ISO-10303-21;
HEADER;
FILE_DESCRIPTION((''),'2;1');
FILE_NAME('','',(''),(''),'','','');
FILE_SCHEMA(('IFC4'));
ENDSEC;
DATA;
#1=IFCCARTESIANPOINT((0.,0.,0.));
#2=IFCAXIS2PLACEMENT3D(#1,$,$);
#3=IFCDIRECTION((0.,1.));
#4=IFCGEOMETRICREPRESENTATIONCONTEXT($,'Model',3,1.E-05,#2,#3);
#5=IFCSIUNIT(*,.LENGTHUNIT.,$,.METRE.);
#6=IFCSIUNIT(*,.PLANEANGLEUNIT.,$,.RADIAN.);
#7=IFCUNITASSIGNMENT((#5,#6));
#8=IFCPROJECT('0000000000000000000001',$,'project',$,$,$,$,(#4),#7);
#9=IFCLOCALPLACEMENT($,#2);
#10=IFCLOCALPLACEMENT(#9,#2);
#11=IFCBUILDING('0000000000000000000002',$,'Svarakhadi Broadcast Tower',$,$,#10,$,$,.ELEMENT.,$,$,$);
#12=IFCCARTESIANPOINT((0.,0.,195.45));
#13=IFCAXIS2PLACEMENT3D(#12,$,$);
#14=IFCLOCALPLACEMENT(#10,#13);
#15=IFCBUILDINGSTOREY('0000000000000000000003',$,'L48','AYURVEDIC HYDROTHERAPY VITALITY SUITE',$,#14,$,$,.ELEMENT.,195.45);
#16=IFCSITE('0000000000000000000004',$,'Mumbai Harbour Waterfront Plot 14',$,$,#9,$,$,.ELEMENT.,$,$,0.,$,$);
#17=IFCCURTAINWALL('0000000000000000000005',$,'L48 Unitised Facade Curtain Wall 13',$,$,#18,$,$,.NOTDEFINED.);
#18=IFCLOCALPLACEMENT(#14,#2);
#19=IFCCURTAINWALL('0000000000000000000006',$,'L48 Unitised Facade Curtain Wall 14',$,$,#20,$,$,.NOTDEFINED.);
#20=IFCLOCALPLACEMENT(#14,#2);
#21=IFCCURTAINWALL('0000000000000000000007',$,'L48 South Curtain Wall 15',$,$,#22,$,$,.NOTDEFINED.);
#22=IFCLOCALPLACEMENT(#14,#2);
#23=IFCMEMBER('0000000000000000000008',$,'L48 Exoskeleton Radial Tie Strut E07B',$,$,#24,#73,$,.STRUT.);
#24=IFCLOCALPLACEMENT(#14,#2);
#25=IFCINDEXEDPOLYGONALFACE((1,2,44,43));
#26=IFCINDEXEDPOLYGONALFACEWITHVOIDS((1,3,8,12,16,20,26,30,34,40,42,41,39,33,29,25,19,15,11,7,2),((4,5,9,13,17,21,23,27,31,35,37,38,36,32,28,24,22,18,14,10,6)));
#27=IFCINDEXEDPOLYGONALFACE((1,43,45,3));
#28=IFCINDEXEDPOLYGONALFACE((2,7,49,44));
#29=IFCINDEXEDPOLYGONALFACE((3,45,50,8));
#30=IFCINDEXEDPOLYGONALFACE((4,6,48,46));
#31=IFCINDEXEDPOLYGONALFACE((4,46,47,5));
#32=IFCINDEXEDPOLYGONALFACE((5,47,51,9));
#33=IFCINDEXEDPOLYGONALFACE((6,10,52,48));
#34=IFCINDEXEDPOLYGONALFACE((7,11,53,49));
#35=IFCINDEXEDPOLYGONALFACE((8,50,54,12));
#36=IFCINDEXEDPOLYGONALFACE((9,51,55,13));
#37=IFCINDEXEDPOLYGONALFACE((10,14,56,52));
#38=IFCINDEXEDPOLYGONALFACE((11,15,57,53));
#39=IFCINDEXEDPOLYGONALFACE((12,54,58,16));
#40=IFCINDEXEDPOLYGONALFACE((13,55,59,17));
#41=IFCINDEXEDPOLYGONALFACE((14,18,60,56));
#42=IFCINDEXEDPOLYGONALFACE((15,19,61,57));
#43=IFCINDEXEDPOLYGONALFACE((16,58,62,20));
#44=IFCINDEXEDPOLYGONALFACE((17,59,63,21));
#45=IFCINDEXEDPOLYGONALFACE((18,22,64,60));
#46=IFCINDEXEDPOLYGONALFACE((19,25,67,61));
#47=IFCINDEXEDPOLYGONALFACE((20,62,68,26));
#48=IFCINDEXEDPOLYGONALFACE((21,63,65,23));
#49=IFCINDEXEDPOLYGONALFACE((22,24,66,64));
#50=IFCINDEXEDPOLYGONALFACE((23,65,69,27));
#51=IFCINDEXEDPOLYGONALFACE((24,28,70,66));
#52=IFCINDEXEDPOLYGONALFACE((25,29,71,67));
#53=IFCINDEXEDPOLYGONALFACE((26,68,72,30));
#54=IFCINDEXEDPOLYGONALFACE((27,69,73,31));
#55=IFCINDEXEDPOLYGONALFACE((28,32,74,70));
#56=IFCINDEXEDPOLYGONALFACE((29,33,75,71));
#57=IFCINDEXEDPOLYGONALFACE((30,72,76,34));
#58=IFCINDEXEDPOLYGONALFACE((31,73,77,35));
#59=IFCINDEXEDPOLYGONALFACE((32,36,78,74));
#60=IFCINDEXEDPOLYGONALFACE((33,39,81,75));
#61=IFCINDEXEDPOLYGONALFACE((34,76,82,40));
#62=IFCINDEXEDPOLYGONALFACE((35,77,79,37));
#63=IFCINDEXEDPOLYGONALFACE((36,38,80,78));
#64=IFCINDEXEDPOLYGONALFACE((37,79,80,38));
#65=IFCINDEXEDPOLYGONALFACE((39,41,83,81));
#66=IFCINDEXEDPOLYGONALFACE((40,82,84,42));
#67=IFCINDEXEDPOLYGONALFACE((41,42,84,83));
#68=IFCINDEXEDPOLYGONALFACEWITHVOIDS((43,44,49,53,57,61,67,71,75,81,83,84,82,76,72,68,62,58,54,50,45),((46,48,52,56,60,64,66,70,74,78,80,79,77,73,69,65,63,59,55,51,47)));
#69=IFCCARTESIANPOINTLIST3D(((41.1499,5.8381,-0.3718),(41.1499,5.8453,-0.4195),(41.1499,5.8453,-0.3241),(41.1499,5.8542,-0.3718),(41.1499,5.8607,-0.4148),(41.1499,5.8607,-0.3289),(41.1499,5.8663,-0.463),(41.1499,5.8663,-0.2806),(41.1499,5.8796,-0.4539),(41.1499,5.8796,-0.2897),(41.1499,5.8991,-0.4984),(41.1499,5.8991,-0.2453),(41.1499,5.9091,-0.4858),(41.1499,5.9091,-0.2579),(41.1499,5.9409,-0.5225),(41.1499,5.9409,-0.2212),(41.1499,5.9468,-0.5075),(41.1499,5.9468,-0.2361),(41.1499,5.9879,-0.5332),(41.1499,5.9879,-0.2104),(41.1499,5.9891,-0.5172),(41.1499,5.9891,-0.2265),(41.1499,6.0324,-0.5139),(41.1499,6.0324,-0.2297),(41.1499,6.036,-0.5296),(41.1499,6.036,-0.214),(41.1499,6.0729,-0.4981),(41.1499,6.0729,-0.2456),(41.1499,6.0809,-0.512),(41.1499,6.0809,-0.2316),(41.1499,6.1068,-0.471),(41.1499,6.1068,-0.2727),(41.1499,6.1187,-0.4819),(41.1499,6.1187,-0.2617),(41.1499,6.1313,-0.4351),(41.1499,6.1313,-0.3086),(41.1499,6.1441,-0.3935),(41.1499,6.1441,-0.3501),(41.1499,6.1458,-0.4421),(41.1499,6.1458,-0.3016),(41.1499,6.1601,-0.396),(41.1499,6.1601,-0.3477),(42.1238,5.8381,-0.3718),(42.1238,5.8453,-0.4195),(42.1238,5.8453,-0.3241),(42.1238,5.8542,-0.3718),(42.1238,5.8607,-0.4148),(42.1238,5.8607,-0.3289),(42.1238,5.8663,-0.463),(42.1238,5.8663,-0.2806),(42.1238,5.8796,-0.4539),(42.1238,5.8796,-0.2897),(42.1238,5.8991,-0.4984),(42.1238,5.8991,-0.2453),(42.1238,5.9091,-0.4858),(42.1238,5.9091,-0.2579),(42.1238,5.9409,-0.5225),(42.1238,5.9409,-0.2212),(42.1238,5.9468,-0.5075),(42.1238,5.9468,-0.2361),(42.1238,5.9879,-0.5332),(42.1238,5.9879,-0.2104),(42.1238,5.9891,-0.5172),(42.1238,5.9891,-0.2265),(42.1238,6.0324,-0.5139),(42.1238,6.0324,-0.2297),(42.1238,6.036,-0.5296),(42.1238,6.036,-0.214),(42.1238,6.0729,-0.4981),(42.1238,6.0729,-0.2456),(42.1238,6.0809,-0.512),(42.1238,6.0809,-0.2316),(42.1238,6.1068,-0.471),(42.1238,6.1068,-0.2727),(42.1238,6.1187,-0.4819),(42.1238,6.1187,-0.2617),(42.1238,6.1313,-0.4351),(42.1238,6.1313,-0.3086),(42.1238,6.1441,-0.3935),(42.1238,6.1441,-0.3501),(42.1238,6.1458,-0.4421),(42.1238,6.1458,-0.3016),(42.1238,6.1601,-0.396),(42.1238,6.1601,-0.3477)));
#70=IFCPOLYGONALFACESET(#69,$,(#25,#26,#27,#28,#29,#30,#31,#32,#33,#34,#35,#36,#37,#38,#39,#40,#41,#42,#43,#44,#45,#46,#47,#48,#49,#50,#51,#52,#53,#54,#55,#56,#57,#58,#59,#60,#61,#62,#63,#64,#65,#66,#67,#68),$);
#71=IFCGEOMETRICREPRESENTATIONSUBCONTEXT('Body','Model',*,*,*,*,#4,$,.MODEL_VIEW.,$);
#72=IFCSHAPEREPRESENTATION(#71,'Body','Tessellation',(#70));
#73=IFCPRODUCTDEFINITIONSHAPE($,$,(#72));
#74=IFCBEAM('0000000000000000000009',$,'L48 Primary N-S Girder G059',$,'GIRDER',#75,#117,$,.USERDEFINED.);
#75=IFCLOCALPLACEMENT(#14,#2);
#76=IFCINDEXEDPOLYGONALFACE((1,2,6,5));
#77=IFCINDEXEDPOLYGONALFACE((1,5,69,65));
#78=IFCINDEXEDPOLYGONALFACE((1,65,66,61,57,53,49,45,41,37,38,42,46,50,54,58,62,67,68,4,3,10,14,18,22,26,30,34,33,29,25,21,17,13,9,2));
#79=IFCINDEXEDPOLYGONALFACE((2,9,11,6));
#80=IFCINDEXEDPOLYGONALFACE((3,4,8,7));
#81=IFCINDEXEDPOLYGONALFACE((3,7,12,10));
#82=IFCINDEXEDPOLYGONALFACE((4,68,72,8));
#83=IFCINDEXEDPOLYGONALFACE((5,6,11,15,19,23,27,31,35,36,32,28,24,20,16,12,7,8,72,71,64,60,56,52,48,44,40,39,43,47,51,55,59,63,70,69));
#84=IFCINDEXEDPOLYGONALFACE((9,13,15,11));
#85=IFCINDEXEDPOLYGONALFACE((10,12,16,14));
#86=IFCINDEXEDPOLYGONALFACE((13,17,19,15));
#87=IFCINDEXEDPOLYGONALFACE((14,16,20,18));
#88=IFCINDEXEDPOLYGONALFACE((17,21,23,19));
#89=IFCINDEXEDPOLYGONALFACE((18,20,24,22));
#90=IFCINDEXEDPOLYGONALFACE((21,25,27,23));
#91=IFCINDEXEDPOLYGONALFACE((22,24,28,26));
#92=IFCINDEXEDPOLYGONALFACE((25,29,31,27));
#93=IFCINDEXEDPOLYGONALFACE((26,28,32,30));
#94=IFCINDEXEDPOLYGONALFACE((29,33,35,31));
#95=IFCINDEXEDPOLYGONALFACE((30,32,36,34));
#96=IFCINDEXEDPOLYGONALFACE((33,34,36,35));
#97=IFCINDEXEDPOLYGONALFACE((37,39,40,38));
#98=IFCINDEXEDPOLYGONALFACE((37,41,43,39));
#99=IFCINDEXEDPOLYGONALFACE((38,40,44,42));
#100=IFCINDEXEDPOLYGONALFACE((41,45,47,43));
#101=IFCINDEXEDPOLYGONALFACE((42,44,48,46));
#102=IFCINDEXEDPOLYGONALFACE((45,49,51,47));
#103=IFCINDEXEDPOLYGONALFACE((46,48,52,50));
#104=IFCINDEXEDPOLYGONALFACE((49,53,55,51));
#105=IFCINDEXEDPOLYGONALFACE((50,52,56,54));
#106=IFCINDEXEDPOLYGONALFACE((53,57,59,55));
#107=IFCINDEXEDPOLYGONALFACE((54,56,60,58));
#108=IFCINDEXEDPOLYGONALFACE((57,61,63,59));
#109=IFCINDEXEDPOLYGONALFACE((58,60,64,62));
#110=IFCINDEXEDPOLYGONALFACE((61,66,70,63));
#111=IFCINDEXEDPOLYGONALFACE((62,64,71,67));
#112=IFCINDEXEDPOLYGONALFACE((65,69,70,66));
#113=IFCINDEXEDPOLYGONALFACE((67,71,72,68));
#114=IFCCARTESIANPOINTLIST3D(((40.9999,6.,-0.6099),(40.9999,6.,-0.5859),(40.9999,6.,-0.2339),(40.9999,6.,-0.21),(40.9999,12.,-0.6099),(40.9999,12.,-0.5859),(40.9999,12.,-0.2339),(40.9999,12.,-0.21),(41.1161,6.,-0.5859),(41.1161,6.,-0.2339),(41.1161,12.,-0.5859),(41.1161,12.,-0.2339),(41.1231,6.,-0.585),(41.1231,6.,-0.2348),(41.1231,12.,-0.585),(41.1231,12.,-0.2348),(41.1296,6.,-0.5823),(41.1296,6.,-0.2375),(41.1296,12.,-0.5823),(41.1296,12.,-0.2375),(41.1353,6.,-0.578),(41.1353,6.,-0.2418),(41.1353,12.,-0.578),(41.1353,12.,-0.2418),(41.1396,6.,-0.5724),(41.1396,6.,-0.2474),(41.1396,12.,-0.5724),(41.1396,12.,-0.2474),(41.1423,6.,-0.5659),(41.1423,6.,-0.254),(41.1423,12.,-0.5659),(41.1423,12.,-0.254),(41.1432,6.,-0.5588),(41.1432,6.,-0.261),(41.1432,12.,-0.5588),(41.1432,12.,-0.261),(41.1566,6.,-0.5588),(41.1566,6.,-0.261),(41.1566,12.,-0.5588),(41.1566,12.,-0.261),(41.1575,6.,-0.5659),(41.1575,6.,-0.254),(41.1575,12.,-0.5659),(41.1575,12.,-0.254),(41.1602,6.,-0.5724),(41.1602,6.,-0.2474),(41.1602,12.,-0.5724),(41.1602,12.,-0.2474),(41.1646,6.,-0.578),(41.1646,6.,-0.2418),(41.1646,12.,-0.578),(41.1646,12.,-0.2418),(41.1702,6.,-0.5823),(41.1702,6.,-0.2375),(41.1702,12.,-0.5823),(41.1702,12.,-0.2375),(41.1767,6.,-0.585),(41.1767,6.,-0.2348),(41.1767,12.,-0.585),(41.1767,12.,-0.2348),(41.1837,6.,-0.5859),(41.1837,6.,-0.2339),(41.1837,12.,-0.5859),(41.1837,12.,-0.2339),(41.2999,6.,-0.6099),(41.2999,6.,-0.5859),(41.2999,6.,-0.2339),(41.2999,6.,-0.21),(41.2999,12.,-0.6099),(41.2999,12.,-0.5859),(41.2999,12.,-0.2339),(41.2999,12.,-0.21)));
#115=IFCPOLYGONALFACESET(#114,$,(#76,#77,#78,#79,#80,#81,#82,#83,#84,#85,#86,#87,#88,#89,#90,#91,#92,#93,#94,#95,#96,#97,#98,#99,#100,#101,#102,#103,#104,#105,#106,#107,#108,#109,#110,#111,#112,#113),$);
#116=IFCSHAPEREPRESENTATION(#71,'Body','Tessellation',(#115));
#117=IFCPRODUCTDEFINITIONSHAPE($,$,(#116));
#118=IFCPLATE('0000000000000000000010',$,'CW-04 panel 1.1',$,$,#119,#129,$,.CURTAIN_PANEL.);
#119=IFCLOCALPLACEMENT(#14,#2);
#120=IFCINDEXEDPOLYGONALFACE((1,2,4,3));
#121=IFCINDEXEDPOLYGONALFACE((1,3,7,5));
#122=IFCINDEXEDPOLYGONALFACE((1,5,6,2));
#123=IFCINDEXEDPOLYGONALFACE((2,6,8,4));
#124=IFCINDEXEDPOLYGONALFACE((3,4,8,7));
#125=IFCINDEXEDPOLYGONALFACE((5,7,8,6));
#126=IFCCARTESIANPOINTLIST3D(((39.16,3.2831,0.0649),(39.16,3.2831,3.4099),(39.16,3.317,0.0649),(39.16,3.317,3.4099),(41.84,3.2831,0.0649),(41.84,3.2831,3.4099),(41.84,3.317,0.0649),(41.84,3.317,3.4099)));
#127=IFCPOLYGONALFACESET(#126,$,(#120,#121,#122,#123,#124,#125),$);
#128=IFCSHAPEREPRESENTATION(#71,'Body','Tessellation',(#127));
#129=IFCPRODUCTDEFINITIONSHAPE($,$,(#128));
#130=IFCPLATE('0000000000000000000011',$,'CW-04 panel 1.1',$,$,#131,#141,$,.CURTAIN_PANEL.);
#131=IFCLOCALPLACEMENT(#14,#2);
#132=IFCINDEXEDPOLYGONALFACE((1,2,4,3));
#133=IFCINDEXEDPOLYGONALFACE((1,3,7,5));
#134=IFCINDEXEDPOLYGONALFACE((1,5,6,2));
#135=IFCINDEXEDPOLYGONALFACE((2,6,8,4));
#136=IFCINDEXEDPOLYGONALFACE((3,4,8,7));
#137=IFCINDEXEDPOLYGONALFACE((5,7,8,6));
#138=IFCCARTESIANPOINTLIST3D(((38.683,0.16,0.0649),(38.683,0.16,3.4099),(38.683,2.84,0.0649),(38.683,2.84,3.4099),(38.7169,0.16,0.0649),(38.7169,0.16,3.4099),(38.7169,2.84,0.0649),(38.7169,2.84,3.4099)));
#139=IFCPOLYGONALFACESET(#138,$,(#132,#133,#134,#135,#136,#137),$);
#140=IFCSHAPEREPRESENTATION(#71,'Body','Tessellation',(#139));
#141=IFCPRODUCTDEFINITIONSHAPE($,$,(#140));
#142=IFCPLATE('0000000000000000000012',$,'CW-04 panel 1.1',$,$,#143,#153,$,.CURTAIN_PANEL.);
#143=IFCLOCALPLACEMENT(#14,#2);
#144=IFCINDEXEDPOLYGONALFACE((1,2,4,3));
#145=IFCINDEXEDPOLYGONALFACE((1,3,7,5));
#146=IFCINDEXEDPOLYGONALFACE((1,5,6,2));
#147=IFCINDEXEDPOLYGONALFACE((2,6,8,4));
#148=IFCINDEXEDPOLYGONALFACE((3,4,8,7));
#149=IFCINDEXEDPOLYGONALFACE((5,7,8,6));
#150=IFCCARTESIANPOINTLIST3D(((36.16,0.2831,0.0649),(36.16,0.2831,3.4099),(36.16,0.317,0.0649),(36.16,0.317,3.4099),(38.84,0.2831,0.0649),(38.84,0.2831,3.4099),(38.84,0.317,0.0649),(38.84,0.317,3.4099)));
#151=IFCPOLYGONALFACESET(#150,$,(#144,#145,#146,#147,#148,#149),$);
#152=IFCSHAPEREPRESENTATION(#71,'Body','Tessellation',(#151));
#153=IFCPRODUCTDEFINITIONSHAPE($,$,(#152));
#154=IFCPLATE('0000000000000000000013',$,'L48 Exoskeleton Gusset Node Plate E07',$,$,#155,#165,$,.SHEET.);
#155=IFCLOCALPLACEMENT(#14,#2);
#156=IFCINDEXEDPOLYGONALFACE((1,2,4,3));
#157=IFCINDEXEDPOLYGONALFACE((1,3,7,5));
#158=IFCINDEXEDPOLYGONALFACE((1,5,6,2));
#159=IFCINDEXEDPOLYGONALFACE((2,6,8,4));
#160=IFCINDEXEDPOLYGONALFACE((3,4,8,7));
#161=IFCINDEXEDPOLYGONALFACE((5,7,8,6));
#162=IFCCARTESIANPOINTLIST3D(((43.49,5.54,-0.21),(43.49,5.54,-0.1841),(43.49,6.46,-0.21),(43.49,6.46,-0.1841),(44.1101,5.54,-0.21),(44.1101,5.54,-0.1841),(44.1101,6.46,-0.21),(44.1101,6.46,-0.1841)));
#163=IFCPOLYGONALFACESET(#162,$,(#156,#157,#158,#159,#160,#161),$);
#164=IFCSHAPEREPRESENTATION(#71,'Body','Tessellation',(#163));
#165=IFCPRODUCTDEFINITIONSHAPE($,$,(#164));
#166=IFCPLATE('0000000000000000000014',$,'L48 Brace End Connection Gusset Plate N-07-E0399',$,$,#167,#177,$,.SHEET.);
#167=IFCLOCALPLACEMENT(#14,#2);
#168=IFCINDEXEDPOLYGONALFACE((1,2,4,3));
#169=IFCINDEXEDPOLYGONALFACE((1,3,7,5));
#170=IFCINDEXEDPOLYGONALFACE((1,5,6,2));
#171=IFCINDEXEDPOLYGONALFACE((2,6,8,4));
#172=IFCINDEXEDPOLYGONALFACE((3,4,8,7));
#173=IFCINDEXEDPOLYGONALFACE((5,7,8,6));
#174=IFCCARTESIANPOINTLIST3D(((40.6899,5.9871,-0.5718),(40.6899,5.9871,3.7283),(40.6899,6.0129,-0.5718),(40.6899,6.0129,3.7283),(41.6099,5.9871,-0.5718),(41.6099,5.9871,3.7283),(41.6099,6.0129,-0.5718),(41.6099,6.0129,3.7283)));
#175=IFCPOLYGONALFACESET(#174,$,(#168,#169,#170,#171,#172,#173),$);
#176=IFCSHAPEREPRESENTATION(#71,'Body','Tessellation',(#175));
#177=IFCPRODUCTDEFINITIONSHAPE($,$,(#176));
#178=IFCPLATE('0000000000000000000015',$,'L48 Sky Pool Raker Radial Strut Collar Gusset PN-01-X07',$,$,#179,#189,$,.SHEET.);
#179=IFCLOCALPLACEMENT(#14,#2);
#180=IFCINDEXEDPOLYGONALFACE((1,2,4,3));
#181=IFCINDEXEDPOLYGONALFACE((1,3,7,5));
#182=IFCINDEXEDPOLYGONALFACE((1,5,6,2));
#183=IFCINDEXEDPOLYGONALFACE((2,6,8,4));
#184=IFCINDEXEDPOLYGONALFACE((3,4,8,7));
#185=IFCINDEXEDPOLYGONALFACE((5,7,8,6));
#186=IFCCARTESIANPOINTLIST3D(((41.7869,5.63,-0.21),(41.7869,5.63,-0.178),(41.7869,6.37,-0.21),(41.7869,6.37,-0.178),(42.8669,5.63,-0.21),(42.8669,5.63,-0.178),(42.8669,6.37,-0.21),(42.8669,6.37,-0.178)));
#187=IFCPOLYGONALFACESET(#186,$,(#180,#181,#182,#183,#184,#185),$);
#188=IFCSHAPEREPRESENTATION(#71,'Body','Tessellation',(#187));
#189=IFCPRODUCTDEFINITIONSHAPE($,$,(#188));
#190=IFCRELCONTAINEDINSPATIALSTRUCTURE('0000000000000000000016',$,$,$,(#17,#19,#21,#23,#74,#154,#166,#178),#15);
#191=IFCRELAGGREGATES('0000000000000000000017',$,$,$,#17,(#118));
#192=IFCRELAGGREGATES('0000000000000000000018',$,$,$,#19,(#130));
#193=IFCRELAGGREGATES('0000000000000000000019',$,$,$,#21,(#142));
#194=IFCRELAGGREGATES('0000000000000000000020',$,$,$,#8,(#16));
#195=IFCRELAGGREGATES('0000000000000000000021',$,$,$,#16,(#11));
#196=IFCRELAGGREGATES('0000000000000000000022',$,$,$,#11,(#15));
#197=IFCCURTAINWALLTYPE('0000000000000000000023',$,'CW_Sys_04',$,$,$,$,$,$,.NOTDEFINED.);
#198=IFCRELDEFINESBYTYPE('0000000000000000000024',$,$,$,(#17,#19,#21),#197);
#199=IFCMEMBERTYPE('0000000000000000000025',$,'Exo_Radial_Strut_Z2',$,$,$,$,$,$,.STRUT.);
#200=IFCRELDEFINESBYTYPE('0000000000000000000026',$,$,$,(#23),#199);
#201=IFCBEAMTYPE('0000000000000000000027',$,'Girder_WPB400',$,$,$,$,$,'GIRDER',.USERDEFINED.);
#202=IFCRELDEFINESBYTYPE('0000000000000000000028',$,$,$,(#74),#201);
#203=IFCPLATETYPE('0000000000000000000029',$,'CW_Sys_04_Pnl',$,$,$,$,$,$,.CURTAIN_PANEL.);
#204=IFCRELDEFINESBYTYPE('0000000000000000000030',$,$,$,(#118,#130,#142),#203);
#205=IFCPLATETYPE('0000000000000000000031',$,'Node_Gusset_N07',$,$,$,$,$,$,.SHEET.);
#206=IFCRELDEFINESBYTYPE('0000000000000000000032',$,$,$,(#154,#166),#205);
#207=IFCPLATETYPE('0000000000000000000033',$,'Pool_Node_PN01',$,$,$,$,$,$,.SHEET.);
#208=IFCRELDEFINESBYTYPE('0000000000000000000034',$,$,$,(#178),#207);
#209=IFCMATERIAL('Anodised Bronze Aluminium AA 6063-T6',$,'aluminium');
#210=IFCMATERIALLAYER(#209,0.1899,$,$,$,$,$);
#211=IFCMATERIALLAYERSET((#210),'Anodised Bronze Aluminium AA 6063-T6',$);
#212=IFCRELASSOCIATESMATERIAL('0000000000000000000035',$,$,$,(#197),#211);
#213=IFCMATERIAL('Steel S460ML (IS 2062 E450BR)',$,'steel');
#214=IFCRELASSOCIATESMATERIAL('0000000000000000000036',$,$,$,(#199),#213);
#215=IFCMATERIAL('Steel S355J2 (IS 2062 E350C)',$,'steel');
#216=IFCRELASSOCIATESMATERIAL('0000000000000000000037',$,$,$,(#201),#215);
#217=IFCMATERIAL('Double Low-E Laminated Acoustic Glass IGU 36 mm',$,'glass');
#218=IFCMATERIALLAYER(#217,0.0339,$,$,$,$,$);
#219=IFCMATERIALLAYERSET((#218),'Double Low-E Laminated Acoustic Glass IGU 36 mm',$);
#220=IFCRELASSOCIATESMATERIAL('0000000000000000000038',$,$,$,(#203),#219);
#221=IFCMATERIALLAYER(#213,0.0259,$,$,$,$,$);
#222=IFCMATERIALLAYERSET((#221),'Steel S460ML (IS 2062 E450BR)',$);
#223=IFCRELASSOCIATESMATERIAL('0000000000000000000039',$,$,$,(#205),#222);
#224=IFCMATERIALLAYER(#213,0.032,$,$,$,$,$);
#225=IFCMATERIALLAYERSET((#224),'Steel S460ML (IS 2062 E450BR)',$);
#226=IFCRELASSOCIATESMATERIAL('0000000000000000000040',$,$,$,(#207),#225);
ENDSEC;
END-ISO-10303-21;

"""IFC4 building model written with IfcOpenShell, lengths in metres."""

from ifc_helpers import new_model, si_unit, direction, frame, origin, origin_2d, place, context, subcontext, project, spatial, rectangle, hollow_circle, i_section, extrude, material, layer, layer_set, material_profile, profile_set, type_object, element, aggregate, save


model = new_model("IFC4")

# Units and contexts
model_context = context("Model", 3, precision=1e-05, world=origin(), true_north=direction((0.0, 1.0)))
body_context = subcontext(model_context, "Body", "Model", "MODEL_VIEW")
ifc_project = project(units=[si_unit("LENGTHUNIT", "METRE"), si_unit("PLANEANGLEUNIT", "RADIAN")], contexts=[model_context])

# Site, building, storey
site_placement = place(None, origin())
site = spatial("IfcSite", under=ifc_project, at=site_placement, Name="Mumbai Harbour Waterfront Plot 14", CompositionType="ELEMENT", RefElevation=0.0)
building_placement = place(site_placement, origin())
building = spatial("IfcBuilding", under=site, at=building_placement, Name="Svarakhadi Broadcast Tower", CompositionType="ELEMENT")
storey_placement = place(building_placement, frame((0.0, 0.0, 195.45)))
storey = spatial("IfcBuildingStorey", under=building, at=storey_placement, Name="L48", Description="AYURVEDIC HYDROTHERAPY VITALITY SUITE", CompositionType="ELEMENT", Elevation=195.45)

# Shared definitions
ifc_material_1 = material(Name="Steel S460ML (IS 2062 E450BR)", Category="steel")

# Curtain walls
ifc_material_2 = material(Name="Anodised Bronze Aluminium AA 6063-T6", Category="aluminium")
ifc_layer_1 = layer(ifc_material_2, 0.1899)
ifc_layer_set_1 = layer_set([ifc_layer_1], Name="Anodised Bronze Aluminium AA 6063-T6")
curtain_wall_type = type_object("IfcCurtainWallType", Name="CW_Sys_04", PredefinedType="NOTDEFINED", material=ifc_layer_set_1)
curtain_wall_1_placement = place(storey_placement, origin())
curtain_wall_1 = element("IfcCurtainWall", 1, at=curtain_wall_1_placement, inside=storey, type_object=curtain_wall_type, Name="L48 Unitised Facade Curtain Wall 13", PredefinedType="NOTDEFINED")
curtain_wall_2_placement = place(storey_placement, origin())
curtain_wall_2 = element("IfcCurtainWall", 2, at=curtain_wall_2_placement, inside=storey, type_object=curtain_wall_type, Name="L48 Unitised Facade Curtain Wall 14", PredefinedType="NOTDEFINED")

# Curtain wall
curtain_wall_3_placement = place(storey_placement, origin())
curtain_wall_3 = element("IfcCurtainWall", 3, at=curtain_wall_3_placement, inside=storey, type_object=curtain_wall_type, Name="L48 South Curtain Wall 15", PredefinedType="NOTDEFINED")

# Member
ifc_material_profile_1 = material_profile(ifc_material_1, hollow_circle(Radius=0.1619, WallThickness=0.0161, at=origin_2d()), Name="CHS 323.9x16")
ifc_profile_set_1 = profile_set([ifc_material_profile_1], Name="Steel S460ML (IS 2062 E450BR)")
member_type_1 = type_object("IfcMemberType", Name="Exo_Radial_Strut_Z2", PredefinedType="STRUT", material=ifc_profile_set_1)
member_1_placement = place(storey_placement, frame((42.1238, 6.0, -0.3718), z_axis=(-1.0, 0.0, 0.0), x_axis=(0.0, -1.0, 0.0)))
element("IfcMember", 4, at=member_1_placement, inside=storey, type_object=member_type_1, Name="L48 Exoskeleton Radial Tie Strut E07B", PredefinedType="STRUT", context=body_context, shape_type="SweptSolid", body=[
    extrude(hollow_circle(Radius=0.1619, WallThickness=0.0161, at=origin_2d()), origin(), (0.0, 0.0, 1.0), 0.9739),
])

# Beam
ifc_material_3 = material(Name="Steel S355J2 (IS 2062 E350C)", Category="steel")
ifc_material_profile_2 = material_profile(ifc_material_3, i_section(OverallWidth=0.3, OverallDepth=0.3999, WebThickness=0.0134, FlangeThickness=0.0239, FilletRadius=0.0271, at=origin_2d()), Name="WPB 400x300x155")
ifc_profile_set_2 = profile_set([ifc_material_profile_2], Name="Steel S355J2 (IS 2062 E350C)")
beam_type = type_object("IfcBeamType", Name="Girder_WPB400", ElementType="GIRDER", PredefinedType="USERDEFINED", material=ifc_profile_set_2)
beam_placement = place(storey_placement, frame((41.1499, 6.0, -0.4099), z_axis=(0.0, 1.0, 0.0), x_axis=(-1.0, 0.0, 0.0)))
element("IfcBeam", 5, at=beam_placement, inside=storey, type_object=beam_type, Name="L48 Primary N-S Girder G059", ObjectType="GIRDER", PredefinedType="USERDEFINED", context=body_context, shape_type="SweptSolid", body=[
    extrude(i_section(OverallWidth=0.3, OverallDepth=0.3999, WebThickness=0.0134, FlangeThickness=0.0239, FilletRadius=0.0271, at=origin_2d()), origin(), (0.0, 0.0, 1.0), 6.0),
])

# Plates
ifc_material_4 = material(Name="Double Low-E Laminated Acoustic Glass IGU 36 mm", Category="glass")
ifc_layer_2 = layer(ifc_material_4, 0.0339)
ifc_layer_set_2 = layer_set([ifc_layer_2], Name="Double Low-E Laminated Acoustic Glass IGU 36 mm")
plate_type_1 = type_object("IfcPlateType", Name="CW_Sys_04_Pnl", PredefinedType="CURTAIN_PANEL", material=ifc_layer_set_2)
plate_1_placement = place(storey_placement, frame((40.5, 3.3, 0.0649), z_axis=(0.0, 0.0, 1.0), x_axis=(-1.0, 0.0, 0.0)))
plate_1 = element("IfcPlate", 6, at=plate_1_placement, type_object=plate_type_1, Name="CW-04 panel 1.1", PredefinedType="CURTAIN_PANEL", context=body_context, shape_type="SweptSolid", body=[
    extrude(rectangle(XDim=2.6799, YDim=0.0339, at=origin_2d()), origin(), (0.0, 0.0, 1.0), 3.345),
])
aggregate(curtain_wall_1, [plate_1])
plate_2_placement = place(storey_placement, frame((38.7, 1.5, 0.0649), z_axis=(0.0, 0.0, 1.0), x_axis=(0.0, -1.0, 0.0)))
plate_2 = element("IfcPlate", 7, at=plate_2_placement, type_object=plate_type_1, Name="CW-04 panel 1.1", PredefinedType="CURTAIN_PANEL", context=body_context, shape_type="SweptSolid", body=[
    extrude(rectangle(XDim=2.6799, YDim=0.0339, at=origin_2d()), origin(), (0.0, 0.0, 1.0), 3.345),
])
aggregate(curtain_wall_2, [plate_2])
plate_3_placement = place(storey_placement, frame((37.5, 0.3, 0.0649), z_axis=(0.0, 0.0, 1.0), x_axis=(-1.0, 0.0, 0.0)))
plate_3 = element("IfcPlate", 8, at=plate_3_placement, type_object=plate_type_1, Name="CW-04 panel 1.1", PredefinedType="CURTAIN_PANEL", context=body_context, shape_type="SweptSolid", body=[
    extrude(rectangle(XDim=2.6799, YDim=0.0339, at=origin_2d()), origin(), (0.0, 0.0, 1.0), 3.345),
])
aggregate(curtain_wall_3, [plate_3])

# Plates
ifc_layer_3 = layer(ifc_material_1, 0.0259)
ifc_layer_set_3 = layer_set([ifc_layer_3], Name="Steel S460ML (IS 2062 E450BR)")
plate_type_2 = type_object("IfcPlateType", Name="Node_Gusset_N07", PredefinedType="SHEET", material=ifc_layer_set_3)
plate_4_placement = place(storey_placement, frame((43.8, 6.0, -0.21), z_axis=(0.0, 0.0, 1.0), x_axis=(0.0, 1.0, 0.0)))
element("IfcPlate", 9, at=plate_4_placement, inside=storey, type_object=plate_type_2, Name="L48 Exoskeleton Gusset Node Plate E07", PredefinedType="SHEET", context=body_context, shape_type="SweptSolid", body=[
    extrude(rectangle(XDim=0.9199, YDim=0.6201, at=origin_2d()), origin(), (0.0, 0.0, 1.0), 0.0259),
])
plate_5_placement = place(storey_placement, frame((41.1499, 6.0, -0.5718), z_axis=(0.0, 0.0, 1.0), x_axis=(1.0, 0.0, 0.0)))
element("IfcPlate", 10, at=plate_5_placement, inside=storey, type_object=plate_type_2, Name="L48 Brace End Connection Gusset Plate N-07-E0399", PredefinedType="SHEET", context=body_context, shape_type="SweptSolid", body=[
    extrude(rectangle(XDim=0.9199, YDim=0.0259, at=origin_2d()), origin(), (0.0, 0.0, 1.0), 4.3),
])
ifc_layer_4 = layer(ifc_material_1, 0.032)
ifc_layer_set_4 = layer_set([ifc_layer_4], Name="Steel S460ML (IS 2062 E450BR)")
plate_type_3 = type_object("IfcPlateType", Name="Pool_Node_PN01", PredefinedType="SHEET", material=ifc_layer_set_4)
plate_6_placement = place(storey_placement, frame((42.3269, 6.0, -0.21), z_axis=(0.0, 0.0, 1.0), x_axis=(1.0, 0.0, 0.0)))
element("IfcPlate", 11, at=plate_6_placement, inside=storey, type_object=plate_type_3, Name="L48 Sky Pool Raker Radial Strut Collar Gusset PN-01-X07", PredefinedType="SHEET", context=body_context, shape_type="SweptSolid", body=[
    extrude(rectangle(XDim=1.0801, YDim=0.74, at=origin_2d()), origin(), (0.0, 0.0, 1.0), 0.032),
])

save(model, "model.ifc")
